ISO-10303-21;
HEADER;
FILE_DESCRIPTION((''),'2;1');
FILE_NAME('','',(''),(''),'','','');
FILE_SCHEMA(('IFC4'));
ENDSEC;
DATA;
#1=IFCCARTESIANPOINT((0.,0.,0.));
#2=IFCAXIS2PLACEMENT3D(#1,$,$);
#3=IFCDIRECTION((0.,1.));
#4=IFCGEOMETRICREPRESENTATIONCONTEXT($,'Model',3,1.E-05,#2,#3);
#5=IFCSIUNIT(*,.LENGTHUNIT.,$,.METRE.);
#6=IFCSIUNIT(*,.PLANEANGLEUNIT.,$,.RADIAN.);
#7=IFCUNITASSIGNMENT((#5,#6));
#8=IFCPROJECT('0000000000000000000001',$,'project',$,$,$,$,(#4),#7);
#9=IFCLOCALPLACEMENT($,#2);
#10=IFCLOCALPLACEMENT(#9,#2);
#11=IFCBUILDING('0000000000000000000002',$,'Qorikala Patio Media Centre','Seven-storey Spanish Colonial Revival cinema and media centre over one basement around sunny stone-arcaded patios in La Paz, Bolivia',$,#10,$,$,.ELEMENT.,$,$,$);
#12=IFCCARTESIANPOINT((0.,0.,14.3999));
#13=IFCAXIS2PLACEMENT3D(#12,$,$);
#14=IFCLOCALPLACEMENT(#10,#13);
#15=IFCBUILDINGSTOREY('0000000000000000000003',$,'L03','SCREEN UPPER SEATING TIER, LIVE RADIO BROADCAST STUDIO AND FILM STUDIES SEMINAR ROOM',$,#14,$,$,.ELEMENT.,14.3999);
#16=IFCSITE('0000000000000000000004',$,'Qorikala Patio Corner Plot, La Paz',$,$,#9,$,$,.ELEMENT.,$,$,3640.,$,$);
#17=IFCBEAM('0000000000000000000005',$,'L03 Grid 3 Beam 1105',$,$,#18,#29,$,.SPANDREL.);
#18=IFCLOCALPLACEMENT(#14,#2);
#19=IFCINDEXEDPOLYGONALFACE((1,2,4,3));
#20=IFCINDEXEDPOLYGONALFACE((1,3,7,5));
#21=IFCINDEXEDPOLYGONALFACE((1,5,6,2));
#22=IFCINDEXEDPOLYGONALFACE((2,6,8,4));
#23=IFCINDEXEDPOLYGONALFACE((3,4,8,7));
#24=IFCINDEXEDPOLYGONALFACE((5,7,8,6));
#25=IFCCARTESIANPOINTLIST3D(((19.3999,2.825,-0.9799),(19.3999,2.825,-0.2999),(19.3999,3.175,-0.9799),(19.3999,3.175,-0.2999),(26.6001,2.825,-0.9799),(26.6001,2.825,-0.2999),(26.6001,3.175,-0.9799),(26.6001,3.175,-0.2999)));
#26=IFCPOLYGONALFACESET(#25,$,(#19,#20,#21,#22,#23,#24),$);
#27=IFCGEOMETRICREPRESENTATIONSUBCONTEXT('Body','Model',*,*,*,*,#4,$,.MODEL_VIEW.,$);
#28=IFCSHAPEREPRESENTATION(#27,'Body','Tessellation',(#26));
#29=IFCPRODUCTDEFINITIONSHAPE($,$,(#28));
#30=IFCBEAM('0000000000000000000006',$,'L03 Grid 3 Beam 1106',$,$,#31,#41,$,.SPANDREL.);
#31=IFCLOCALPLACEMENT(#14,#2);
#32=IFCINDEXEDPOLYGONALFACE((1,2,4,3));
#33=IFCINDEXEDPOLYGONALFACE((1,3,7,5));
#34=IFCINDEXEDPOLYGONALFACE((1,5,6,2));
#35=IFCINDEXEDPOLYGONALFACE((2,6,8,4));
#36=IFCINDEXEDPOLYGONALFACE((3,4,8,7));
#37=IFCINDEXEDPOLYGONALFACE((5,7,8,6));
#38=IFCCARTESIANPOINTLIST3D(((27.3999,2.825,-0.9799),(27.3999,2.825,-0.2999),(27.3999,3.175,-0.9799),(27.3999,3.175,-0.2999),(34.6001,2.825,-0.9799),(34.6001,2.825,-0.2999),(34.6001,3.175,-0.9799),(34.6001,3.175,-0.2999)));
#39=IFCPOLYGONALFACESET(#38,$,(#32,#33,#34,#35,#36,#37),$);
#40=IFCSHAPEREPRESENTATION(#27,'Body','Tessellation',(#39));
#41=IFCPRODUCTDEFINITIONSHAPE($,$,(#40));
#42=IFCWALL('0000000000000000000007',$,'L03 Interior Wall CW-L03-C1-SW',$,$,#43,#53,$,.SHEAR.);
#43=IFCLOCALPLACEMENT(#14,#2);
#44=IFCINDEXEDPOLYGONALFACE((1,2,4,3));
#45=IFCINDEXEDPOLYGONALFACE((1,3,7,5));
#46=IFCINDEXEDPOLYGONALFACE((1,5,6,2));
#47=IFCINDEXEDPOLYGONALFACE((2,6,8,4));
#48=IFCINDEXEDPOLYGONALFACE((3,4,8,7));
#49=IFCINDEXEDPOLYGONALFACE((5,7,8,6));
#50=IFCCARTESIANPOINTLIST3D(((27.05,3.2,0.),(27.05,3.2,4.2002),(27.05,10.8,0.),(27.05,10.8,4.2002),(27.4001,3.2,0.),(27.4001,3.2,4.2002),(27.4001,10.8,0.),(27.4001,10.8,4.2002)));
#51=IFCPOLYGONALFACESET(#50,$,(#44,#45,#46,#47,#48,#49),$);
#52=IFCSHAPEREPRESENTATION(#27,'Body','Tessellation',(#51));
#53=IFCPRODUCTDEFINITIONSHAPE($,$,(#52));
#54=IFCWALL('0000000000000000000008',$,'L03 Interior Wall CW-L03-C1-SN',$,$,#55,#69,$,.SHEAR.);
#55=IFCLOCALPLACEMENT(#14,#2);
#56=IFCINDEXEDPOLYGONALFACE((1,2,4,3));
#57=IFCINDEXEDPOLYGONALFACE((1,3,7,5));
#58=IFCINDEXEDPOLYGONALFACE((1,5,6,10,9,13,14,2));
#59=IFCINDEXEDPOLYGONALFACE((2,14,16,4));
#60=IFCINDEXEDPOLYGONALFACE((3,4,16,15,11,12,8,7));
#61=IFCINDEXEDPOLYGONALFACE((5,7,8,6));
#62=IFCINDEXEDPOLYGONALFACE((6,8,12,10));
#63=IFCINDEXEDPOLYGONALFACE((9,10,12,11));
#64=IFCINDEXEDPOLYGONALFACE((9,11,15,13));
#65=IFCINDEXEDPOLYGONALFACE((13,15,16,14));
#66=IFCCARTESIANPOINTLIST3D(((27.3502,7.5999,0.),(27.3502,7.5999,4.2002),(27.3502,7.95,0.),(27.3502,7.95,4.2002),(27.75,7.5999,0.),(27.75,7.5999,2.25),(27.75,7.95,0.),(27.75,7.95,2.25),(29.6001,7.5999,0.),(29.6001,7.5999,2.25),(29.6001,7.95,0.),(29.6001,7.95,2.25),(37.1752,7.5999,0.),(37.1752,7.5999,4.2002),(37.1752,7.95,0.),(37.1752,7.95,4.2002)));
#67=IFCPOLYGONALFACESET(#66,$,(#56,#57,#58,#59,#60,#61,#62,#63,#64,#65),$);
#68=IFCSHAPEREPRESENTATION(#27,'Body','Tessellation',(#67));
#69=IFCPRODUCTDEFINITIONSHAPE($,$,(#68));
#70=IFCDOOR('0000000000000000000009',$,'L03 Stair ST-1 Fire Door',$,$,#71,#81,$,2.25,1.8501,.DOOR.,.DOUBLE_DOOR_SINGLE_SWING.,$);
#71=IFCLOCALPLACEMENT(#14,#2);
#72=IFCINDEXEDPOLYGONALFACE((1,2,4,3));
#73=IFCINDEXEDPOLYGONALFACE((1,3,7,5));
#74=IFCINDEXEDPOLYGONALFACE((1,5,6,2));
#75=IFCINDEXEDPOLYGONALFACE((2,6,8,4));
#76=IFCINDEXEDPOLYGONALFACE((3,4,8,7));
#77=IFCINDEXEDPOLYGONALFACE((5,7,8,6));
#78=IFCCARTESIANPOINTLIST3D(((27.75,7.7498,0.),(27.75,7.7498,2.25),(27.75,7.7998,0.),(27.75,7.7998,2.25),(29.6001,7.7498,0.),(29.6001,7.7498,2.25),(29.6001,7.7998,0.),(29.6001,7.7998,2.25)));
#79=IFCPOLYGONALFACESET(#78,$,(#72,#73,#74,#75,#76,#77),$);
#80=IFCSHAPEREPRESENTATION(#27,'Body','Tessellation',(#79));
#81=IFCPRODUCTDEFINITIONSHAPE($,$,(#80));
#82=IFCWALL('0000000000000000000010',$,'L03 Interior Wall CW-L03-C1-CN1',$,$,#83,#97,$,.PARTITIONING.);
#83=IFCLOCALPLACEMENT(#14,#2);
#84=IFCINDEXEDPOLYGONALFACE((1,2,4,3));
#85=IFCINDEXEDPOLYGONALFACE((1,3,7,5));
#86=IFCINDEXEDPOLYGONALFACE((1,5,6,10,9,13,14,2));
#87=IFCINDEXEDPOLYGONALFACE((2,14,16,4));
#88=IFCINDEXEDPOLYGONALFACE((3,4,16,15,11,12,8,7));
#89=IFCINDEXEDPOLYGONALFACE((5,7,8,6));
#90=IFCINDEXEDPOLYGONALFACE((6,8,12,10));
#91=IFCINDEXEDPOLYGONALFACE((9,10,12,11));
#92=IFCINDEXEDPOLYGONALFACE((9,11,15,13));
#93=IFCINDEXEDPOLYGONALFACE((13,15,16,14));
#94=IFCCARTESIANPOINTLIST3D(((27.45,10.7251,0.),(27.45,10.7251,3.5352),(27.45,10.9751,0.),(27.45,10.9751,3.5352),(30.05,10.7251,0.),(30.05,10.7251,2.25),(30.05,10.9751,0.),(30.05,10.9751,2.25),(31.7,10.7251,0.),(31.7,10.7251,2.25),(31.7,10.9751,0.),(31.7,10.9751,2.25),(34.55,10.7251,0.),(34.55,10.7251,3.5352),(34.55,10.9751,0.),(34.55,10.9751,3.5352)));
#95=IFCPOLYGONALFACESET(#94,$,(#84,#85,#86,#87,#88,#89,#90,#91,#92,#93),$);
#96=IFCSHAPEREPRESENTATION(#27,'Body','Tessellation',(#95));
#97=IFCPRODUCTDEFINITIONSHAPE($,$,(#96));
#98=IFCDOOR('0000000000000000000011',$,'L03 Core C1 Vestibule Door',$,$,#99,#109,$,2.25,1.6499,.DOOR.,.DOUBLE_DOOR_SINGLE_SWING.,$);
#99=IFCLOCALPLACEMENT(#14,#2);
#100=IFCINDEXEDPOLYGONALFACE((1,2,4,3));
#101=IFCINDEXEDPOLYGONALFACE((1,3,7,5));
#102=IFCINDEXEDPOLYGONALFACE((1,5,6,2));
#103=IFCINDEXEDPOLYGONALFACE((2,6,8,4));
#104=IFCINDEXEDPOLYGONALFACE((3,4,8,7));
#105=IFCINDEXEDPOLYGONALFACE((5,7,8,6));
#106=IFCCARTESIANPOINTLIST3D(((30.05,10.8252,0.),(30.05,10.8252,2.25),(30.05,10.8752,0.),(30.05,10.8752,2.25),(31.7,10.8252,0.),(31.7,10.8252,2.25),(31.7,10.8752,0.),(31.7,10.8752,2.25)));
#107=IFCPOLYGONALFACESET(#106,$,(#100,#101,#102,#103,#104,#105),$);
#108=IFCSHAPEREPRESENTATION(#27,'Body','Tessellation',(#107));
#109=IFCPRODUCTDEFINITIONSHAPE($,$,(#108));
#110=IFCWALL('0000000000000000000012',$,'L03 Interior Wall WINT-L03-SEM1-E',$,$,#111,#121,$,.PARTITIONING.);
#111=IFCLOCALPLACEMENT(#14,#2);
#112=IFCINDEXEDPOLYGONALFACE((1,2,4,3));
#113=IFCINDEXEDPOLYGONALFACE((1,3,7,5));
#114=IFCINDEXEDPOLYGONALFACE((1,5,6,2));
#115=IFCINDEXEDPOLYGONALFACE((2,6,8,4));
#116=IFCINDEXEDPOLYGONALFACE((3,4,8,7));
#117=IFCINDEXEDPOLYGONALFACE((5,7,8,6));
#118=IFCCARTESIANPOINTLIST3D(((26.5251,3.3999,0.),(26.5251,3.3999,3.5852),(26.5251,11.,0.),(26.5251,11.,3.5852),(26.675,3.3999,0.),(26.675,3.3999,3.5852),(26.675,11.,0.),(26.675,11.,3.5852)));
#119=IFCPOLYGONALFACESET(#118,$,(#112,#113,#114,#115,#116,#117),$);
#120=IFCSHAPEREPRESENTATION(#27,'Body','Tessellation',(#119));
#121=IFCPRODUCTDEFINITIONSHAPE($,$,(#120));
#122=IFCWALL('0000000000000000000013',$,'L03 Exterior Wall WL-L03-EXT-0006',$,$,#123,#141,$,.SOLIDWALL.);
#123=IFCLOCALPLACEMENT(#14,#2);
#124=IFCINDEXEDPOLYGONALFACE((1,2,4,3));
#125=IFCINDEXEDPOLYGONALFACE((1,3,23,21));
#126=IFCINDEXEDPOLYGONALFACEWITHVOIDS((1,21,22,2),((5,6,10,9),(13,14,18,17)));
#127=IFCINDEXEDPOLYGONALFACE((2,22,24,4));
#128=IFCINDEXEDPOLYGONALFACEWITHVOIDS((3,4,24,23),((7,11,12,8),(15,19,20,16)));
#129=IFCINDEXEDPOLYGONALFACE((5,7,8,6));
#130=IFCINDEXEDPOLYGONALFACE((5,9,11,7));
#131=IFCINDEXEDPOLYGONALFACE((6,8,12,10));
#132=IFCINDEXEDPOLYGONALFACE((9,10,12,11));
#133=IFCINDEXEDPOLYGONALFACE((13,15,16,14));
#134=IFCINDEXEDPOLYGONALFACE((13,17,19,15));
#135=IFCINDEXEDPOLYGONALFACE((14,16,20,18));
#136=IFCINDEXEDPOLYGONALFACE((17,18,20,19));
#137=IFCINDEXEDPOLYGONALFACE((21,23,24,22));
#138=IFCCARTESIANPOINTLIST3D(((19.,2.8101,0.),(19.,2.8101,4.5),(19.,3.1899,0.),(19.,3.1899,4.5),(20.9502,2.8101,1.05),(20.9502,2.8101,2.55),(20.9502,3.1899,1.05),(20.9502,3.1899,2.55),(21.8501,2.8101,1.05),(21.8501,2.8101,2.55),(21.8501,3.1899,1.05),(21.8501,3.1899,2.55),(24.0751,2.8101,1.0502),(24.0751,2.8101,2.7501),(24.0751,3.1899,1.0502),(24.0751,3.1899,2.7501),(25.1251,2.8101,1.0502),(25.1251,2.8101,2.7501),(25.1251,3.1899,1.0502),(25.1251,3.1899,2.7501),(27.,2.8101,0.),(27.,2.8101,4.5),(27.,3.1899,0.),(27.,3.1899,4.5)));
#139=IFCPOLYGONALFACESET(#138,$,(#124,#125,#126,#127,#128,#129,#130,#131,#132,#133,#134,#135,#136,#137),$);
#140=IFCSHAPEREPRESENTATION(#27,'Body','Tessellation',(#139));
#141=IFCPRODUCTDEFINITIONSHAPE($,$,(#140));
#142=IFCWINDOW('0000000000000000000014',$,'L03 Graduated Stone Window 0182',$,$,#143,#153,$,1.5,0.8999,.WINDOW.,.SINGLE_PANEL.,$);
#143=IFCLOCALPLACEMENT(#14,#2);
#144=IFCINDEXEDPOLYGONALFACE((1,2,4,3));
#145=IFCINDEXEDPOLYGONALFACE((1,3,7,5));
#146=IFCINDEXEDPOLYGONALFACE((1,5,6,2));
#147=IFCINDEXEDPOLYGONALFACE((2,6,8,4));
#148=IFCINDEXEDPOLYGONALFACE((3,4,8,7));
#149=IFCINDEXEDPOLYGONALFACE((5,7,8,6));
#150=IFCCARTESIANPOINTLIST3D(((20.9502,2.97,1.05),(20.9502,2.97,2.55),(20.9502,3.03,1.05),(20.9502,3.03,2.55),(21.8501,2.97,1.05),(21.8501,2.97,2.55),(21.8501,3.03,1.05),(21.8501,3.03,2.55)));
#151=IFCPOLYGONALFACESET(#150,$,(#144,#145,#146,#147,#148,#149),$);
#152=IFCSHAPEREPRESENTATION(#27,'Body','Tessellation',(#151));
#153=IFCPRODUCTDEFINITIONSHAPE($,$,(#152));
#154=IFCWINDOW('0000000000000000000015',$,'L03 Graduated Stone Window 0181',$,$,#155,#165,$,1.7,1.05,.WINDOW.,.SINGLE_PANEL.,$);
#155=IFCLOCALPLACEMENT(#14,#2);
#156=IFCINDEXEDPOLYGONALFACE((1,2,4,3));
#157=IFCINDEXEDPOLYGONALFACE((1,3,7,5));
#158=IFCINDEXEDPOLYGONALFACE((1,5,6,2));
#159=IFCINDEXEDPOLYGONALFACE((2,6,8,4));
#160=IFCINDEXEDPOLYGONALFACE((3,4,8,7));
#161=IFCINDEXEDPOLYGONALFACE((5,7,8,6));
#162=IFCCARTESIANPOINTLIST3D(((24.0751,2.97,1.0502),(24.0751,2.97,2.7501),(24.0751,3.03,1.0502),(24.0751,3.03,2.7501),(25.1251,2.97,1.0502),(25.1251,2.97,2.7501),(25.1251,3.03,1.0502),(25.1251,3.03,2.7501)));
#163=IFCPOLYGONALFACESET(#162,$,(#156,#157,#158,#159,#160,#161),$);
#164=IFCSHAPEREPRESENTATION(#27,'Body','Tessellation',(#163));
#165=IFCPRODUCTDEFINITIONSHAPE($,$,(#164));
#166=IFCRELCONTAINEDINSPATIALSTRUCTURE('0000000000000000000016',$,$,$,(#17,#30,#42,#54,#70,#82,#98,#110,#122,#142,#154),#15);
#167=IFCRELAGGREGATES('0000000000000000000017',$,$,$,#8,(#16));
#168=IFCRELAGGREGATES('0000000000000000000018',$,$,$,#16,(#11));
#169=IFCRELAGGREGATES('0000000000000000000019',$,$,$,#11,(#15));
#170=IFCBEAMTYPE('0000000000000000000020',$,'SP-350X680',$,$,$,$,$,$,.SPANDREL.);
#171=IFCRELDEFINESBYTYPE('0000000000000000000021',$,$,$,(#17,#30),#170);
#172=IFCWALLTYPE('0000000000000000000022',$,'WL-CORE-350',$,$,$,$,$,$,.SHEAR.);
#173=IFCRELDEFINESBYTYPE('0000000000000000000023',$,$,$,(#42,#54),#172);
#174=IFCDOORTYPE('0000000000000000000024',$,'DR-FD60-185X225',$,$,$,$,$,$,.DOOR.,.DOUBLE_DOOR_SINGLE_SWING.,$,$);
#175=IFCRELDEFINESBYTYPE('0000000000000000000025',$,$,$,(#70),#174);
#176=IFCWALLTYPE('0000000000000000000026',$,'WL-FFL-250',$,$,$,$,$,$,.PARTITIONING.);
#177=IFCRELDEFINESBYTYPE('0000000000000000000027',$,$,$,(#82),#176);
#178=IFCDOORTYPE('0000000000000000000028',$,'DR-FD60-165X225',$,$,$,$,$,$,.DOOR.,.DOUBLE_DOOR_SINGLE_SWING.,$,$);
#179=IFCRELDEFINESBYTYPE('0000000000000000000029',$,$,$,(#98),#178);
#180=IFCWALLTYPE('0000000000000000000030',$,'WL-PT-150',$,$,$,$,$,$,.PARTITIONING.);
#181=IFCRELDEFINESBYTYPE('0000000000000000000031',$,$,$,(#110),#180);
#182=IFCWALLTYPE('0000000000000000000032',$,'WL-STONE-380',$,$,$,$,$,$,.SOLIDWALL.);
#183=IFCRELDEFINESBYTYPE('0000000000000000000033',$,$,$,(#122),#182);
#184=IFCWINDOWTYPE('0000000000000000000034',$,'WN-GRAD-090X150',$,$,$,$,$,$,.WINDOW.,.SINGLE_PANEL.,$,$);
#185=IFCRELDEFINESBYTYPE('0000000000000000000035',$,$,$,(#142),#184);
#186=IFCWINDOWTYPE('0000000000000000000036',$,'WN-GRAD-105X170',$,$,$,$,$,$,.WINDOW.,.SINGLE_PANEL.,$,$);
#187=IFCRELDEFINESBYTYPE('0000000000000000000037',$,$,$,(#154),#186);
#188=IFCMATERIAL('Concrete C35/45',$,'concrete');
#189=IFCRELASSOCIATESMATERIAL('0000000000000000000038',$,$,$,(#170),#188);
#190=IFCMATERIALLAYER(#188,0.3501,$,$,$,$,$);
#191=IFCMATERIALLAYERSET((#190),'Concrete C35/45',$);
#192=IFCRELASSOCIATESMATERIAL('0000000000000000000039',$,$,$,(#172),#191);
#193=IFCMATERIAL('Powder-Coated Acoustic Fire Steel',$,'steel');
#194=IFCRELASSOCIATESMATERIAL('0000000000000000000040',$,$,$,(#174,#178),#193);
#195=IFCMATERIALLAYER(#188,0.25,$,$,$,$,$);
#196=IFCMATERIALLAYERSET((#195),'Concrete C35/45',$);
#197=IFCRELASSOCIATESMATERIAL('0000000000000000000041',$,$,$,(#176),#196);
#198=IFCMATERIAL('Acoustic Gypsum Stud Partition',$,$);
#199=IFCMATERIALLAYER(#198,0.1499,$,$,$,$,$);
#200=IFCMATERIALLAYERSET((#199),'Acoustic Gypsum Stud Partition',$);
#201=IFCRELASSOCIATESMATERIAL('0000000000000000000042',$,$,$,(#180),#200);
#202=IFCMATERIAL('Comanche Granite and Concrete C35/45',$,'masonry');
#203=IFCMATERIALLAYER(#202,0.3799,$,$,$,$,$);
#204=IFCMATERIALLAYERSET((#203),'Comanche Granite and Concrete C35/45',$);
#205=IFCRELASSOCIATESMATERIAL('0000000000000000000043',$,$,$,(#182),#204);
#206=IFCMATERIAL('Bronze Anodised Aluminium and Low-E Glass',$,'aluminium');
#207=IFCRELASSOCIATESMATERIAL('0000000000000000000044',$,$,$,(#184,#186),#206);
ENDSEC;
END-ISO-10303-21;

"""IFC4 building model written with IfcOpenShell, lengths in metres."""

from ifc_helpers import new_model, si_unit, direction, frame, frame_2d, origin, origin_2d, place, context, subcontext, project, spatial, rectangle, extrude, material, layer, layer_set, material_profile, profile_set, type_object, element, fill, save


model = new_model("IFC4")

# Units and contexts
model_context = context("Model", 3, precision=1e-05, world=origin(), true_north=direction((0.0, 1.0)))
body_context = subcontext(model_context, "Body", "Model", "MODEL_VIEW")
ifc_project = project(units=[si_unit("LENGTHUNIT", "METRE"), si_unit("PLANEANGLEUNIT", "RADIAN")], contexts=[model_context])

# Site, building, storey
site_placement = place(None, origin())
site = spatial("IfcSite", under=ifc_project, at=site_placement, Name="Qorikala Patio Corner Plot, La Paz", CompositionType="ELEMENT", RefElevation=3640.0)
building_placement = place(site_placement, origin())
building = spatial("IfcBuilding", under=site, at=building_placement, Name="Qorikala Patio Media Centre", Description="Seven-storey Spanish Colonial Revival cinema and media centre over one basement around sunny stone-arcaded patios in La Paz, Bolivia", CompositionType="ELEMENT")
storey_placement = place(building_placement, frame((0.0, 0.0, 14.3999)))
storey = spatial("IfcBuildingStorey", under=building, at=storey_placement, Name="L03", Description="SCREEN UPPER SEATING TIER, LIVE RADIO BROADCAST STUDIO AND FILM STUDIES SEMINAR ROOM", CompositionType="ELEMENT", Elevation=14.3999)

# Shared definitions
ifc_material_1 = material(Name="Concrete C35/45", Category="concrete")

# Beams
ifc_material_profile_1 = material_profile(ifc_material_1, rectangle(XDim=0.3501, YDim=0.6799, at=origin_2d()), Name="RC 350x680")
ifc_profile_set_1 = profile_set([ifc_material_profile_1], Name="Concrete C35/45")
beam_type_1 = type_object("IfcBeamType", Name="SP-350X680", PredefinedType="SPANDREL", material=ifc_profile_set_1)
for number, where, z_axis, x_axis, name in (
    (1, (19.3999, 3.0, -0.6399), (1.0, 0.0, 0.0), (0.0, 1.0, 0.0), "L03 Grid 3 Beam 1105"),
    (2, (27.3999, 3.0, -0.6399), (1.0, 0.0, 0.0), (0.0, 1.0, 0.0), "L03 Grid 3 Beam 1106"),
):
    element("IfcBeam", number, at=place(storey_placement, frame(where, z_axis=z_axis, x_axis=x_axis)), inside=storey, type_object=beam_type_1, Name=name, PredefinedType="SPANDREL", context=body_context, shape_type="SweptSolid", body=[
        extrude(rectangle(XDim=0.3501, YDim=0.6799, at=origin_2d()), origin(), (0.0, 0.0, 1.0), 7.2002),
    ])

# Wall
ifc_layer_1 = layer(ifc_material_1, 0.3501)
ifc_layer_set_1 = layer_set([ifc_layer_1], Name="Concrete C35/45")
wall_type_1 = type_object("IfcWallType", Name="WL-CORE-350", PredefinedType="SHEAR", material=ifc_layer_set_1)
wall_1_placement = place(storey_placement, frame((27.2251, 3.2, 0.0), z_axis=(0.0, 0.0, 1.0), x_axis=(0.0, 1.0, 0.0)))
element("IfcWall", 3, at=wall_1_placement, inside=storey, type_object=wall_type_1, Name="L03 Interior Wall CW-L03-C1-SW", PredefinedType="SHEAR", context=body_context, shape_type="SweptSolid", body=[
    extrude(rectangle(XDim=7.6001, YDim=0.3501, at=frame_2d((3.8, 0.0))), origin(), (0.0, 0.0, 1.0), 4.2002),
])

# Walls, openings, doors
wall_2_placement = place(storey_placement, frame((27.3501, 7.7749, 0.0), z_axis=(0.0, 0.0, 1.0), x_axis=(1.0, 0.0, 0.0)))
wall_2 = element("IfcWall", 4, at=wall_2_placement, inside=storey, type_object=wall_type_1, Name="L03 Interior Wall CW-L03-C1-SN", PredefinedType="SHEAR", context=body_context, shape_type="SweptSolid", body=[
    extrude(rectangle(XDim=9.825, YDim=0.3501, at=frame_2d((4.9126, 0.0))), origin(), (0.0, 0.0, 1.0), 4.2002),
])
opening_1_placement = place(wall_2_placement, frame((0.3999, 0.0, 0.0)))
opening_1 = element("IfcOpeningElement", 5, at=opening_1_placement, cuts=wall_2, PredefinedType="OPENING", context=body_context, shape_type="SweptSolid", body=[
    extrude(rectangle(XDim=1.8501, YDim=2.25, at=frame_2d((0.925, 1.125))), frame((0.0, 0.1851, 0.0), z_axis=(0.0, -1.0, 0.0), x_axis=(1.0, 0.0, 0.0)), (0.0, 0.0, 1.0), 0.3701),
])
ifc_material_2 = material(Name="Powder-Coated Acoustic Fire Steel", Category="steel")
door_type_1 = type_object("IfcDoorType", Name="DR-FD60-185X225", OperationType="DOUBLE_DOOR_SINGLE_SWING", PredefinedType="DOOR", material=ifc_material_2)
door_1_placement = place(opening_1_placement, origin())
door_1 = element("IfcDoor", 6, at=door_1_placement, inside=storey, type_object=door_type_1, Name="L03 Stair ST-1 Fire Door", OperationType="DOUBLE_DOOR_SINGLE_SWING", OverallHeight=2.25, OverallWidth=1.8501, PredefinedType="DOOR", context=body_context, shape_type="SweptSolid", body=[
    extrude(rectangle(XDim=1.8501, YDim=2.25, at=frame_2d((0.925, 1.125))), frame((0.0, 0.0249, 0.0), z_axis=(0.0, -1.0, 0.0), x_axis=(1.0, 0.0, 0.0)), (0.0, 0.0, 1.0), 0.05),
])
fill(opening_1, door_1)
ifc_layer_2 = layer(ifc_material_1, 0.25)
ifc_layer_set_2 = layer_set([ifc_layer_2], Name="Concrete C35/45")
wall_type_2 = type_object("IfcWallType", Name="WL-FFL-250", PredefinedType="PARTITIONING", material=ifc_layer_set_2)
wall_3_placement = place(storey_placement, frame((27.45, 10.8501, 0.0), z_axis=(0.0, 0.0, 1.0), x_axis=(1.0, 0.0, 0.0)))
wall_3 = element("IfcWall", 7, at=wall_3_placement, inside=storey, type_object=wall_type_2, Name="L03 Interior Wall CW-L03-C1-CN1", PredefinedType="PARTITIONING", context=body_context, shape_type="SweptSolid", body=[
    extrude(rectangle(XDim=7.1001, YDim=0.25, at=frame_2d((3.55, 0.0))), origin(), (0.0, 0.0, 1.0), 3.5352),
])
opening_2_placement = place(wall_3_placement, frame((2.6001, 0.0, 0.0)))
opening_2 = element("IfcOpeningElement", 8, at=opening_2_placement, cuts=wall_3, PredefinedType="OPENING", context=body_context, shape_type="SweptSolid", body=[
    extrude(rectangle(XDim=1.6499, YDim=2.25, at=frame_2d((0.825, 1.125))), frame((0.0, 0.135, 0.0), z_axis=(0.0, -1.0, 0.0), x_axis=(1.0, 0.0, 0.0)), (0.0, 0.0, 1.0), 0.27),
])
door_type_2 = type_object("IfcDoorType", Name="DR-FD60-165X225", OperationType="DOUBLE_DOOR_SINGLE_SWING", PredefinedType="DOOR", material=ifc_material_2)
door_2_placement = place(opening_2_placement, frame((1.6499, 0.0, 0.0), z_axis=(0.0, 0.0, 1.0), x_axis=(-1.0, 0.0, 0.0)))
door_2 = element("IfcDoor", 9, at=door_2_placement, inside=storey, type_object=door_type_2, Name="L03 Core C1 Vestibule Door", OperationType="DOUBLE_DOOR_SINGLE_SWING", OverallHeight=2.25, OverallWidth=1.6499, PredefinedType="DOOR", context=body_context, shape_type="SweptSolid", body=[
    extrude(rectangle(XDim=1.6499, YDim=2.25, at=frame_2d((0.825, 1.125))), frame((0.0, 0.0249, 0.0), z_axis=(0.0, -1.0, 0.0), x_axis=(1.0, 0.0, 0.0)), (0.0, 0.0, 1.0), 0.05),
])
fill(opening_2, door_2)

# Wall
ifc_material_3 = material(Name="Acoustic Gypsum Stud Partition")
ifc_layer_3 = layer(ifc_material_3, 0.1499)
ifc_layer_set_3 = layer_set([ifc_layer_3], Name="Acoustic Gypsum Stud Partition")
wall_type_3 = type_object("IfcWallType", Name="WL-PT-150", PredefinedType="PARTITIONING", material=ifc_layer_set_3)
wall_4_placement = place(storey_placement, frame((26.6001, 3.3999, 0.0), z_axis=(0.0, 0.0, 1.0), x_axis=(0.0, 1.0, 0.0)))
element("IfcWall", 10, at=wall_4_placement, inside=storey, type_object=wall_type_3, Name="L03 Interior Wall WINT-L03-SEM1-E", PredefinedType="PARTITIONING", context=body_context, shape_type="SweptSolid", body=[
    extrude(rectangle(XDim=7.6001, YDim=0.1499, at=frame_2d((3.8, 0.0))), origin(), (0.0, 0.0, 1.0), 3.5852),
])

# Wall, openings, windows
ifc_material_4 = material(Name="Comanche Granite and Concrete C35/45", Category="masonry")
ifc_layer_4 = layer(ifc_material_4, 0.3799)
ifc_layer_set_4 = layer_set([ifc_layer_4], Name="Comanche Granite and Concrete C35/45")
wall_type_4 = type_object("IfcWallType", Name="WL-STONE-380", PredefinedType="SOLIDWALL", material=ifc_layer_set_4)
wall_5_placement = place(storey_placement, frame((27.0, 3.0, 0.0), z_axis=(0.0, 0.0, 1.0), x_axis=(-1.0, 0.0, 0.0)))
wall_5 = element("IfcWall", 11, at=wall_5_placement, inside=storey, type_object=wall_type_4, Name="L03 Exterior Wall WL-L03-EXT-0006", PredefinedType="SOLIDWALL", context=body_context, shape_type="SweptSolid", body=[
    extrude(rectangle(XDim=8.0, YDim=0.3799, at=frame_2d((4.0, 0.0))), origin(), (0.0, 0.0, 1.0), 4.5),
])
opening_3_placement = place(wall_5_placement, frame((1.875, 0.0, 1.05)))
opening_3 = element("IfcOpeningElement", 12, at=opening_3_placement, cuts=wall_5, PredefinedType="OPENING", context=body_context, shape_type="SweptSolid", body=[
    extrude(rectangle(XDim=1.05, YDim=1.7, at=frame_2d((0.5249, 0.8501))), frame((0.0, 0.2, 0.0), z_axis=(0.0, -1.0, 0.0), x_axis=(1.0, 0.0, 0.0)), (0.0, 0.0, 1.0), 0.3999),
])
opening_4_placement = place(wall_5_placement, frame((5.1499, 0.0, 1.05)))
opening_4 = element("IfcOpeningElement", 13, at=opening_4_placement, cuts=wall_5, PredefinedType="OPENING", context=body_context, shape_type="SweptSolid", body=[
    extrude(rectangle(XDim=0.8999, YDim=1.5, at=frame_2d((0.45, 0.75))), frame((0.0, 0.2, 0.0), z_axis=(0.0, -1.0, 0.0), x_axis=(1.0, 0.0, 0.0)), (0.0, 0.0, 1.0), 0.3999),
])
ifc_material_5 = material(Name="Bronze Anodised Aluminium and Low-E Glass", Category="aluminium")
window_type_1 = type_object("IfcWindowType", Name="WN-GRAD-090X150", PartitioningType="SINGLE_PANEL", PredefinedType="WINDOW", material=ifc_material_5)
window_1_placement = place(opening_4_placement, origin())
window_1 = element("IfcWindow", 14, at=window_1_placement, inside=storey, type_object=window_type_1, Name="L03 Graduated Stone Window 0182", OverallHeight=1.5, OverallWidth=0.8999, PartitioningType="SINGLE_PANEL", PredefinedType="WINDOW", context=body_context, shape_type="SweptSolid", body=[
    extrude(rectangle(XDim=0.8999, YDim=1.5, at=frame_2d((0.45, 0.75))), frame((0.0, 0.03, 0.0), z_axis=(0.0, -1.0, 0.0), x_axis=(1.0, 0.0, 0.0)), (0.0, 0.0, 1.0), 0.0601),
])
fill(opening_4, window_1)
window_type_2 = type_object("IfcWindowType", Name="WN-GRAD-105X170", PartitioningType="SINGLE_PANEL", PredefinedType="WINDOW", material=ifc_material_5)
window_2_placement = place(opening_3_placement, origin())
window_2 = element("IfcWindow", 15, at=window_2_placement, inside=storey, type_object=window_type_2, Name="L03 Graduated Stone Window 0181", OverallHeight=1.7, OverallWidth=1.05, PartitioningType="SINGLE_PANEL", PredefinedType="WINDOW", context=body_context, shape_type="SweptSolid", body=[
    extrude(rectangle(XDim=1.05, YDim=1.7, at=frame_2d((0.5249, 0.8501))), frame((0.0, 0.03, 0.0), z_axis=(0.0, -1.0, 0.0), x_axis=(1.0, 0.0, 0.0)), (0.0, 0.0, 1.0), 0.0601),
])
fill(opening_3, window_2)

save(model, "model.ifc")
